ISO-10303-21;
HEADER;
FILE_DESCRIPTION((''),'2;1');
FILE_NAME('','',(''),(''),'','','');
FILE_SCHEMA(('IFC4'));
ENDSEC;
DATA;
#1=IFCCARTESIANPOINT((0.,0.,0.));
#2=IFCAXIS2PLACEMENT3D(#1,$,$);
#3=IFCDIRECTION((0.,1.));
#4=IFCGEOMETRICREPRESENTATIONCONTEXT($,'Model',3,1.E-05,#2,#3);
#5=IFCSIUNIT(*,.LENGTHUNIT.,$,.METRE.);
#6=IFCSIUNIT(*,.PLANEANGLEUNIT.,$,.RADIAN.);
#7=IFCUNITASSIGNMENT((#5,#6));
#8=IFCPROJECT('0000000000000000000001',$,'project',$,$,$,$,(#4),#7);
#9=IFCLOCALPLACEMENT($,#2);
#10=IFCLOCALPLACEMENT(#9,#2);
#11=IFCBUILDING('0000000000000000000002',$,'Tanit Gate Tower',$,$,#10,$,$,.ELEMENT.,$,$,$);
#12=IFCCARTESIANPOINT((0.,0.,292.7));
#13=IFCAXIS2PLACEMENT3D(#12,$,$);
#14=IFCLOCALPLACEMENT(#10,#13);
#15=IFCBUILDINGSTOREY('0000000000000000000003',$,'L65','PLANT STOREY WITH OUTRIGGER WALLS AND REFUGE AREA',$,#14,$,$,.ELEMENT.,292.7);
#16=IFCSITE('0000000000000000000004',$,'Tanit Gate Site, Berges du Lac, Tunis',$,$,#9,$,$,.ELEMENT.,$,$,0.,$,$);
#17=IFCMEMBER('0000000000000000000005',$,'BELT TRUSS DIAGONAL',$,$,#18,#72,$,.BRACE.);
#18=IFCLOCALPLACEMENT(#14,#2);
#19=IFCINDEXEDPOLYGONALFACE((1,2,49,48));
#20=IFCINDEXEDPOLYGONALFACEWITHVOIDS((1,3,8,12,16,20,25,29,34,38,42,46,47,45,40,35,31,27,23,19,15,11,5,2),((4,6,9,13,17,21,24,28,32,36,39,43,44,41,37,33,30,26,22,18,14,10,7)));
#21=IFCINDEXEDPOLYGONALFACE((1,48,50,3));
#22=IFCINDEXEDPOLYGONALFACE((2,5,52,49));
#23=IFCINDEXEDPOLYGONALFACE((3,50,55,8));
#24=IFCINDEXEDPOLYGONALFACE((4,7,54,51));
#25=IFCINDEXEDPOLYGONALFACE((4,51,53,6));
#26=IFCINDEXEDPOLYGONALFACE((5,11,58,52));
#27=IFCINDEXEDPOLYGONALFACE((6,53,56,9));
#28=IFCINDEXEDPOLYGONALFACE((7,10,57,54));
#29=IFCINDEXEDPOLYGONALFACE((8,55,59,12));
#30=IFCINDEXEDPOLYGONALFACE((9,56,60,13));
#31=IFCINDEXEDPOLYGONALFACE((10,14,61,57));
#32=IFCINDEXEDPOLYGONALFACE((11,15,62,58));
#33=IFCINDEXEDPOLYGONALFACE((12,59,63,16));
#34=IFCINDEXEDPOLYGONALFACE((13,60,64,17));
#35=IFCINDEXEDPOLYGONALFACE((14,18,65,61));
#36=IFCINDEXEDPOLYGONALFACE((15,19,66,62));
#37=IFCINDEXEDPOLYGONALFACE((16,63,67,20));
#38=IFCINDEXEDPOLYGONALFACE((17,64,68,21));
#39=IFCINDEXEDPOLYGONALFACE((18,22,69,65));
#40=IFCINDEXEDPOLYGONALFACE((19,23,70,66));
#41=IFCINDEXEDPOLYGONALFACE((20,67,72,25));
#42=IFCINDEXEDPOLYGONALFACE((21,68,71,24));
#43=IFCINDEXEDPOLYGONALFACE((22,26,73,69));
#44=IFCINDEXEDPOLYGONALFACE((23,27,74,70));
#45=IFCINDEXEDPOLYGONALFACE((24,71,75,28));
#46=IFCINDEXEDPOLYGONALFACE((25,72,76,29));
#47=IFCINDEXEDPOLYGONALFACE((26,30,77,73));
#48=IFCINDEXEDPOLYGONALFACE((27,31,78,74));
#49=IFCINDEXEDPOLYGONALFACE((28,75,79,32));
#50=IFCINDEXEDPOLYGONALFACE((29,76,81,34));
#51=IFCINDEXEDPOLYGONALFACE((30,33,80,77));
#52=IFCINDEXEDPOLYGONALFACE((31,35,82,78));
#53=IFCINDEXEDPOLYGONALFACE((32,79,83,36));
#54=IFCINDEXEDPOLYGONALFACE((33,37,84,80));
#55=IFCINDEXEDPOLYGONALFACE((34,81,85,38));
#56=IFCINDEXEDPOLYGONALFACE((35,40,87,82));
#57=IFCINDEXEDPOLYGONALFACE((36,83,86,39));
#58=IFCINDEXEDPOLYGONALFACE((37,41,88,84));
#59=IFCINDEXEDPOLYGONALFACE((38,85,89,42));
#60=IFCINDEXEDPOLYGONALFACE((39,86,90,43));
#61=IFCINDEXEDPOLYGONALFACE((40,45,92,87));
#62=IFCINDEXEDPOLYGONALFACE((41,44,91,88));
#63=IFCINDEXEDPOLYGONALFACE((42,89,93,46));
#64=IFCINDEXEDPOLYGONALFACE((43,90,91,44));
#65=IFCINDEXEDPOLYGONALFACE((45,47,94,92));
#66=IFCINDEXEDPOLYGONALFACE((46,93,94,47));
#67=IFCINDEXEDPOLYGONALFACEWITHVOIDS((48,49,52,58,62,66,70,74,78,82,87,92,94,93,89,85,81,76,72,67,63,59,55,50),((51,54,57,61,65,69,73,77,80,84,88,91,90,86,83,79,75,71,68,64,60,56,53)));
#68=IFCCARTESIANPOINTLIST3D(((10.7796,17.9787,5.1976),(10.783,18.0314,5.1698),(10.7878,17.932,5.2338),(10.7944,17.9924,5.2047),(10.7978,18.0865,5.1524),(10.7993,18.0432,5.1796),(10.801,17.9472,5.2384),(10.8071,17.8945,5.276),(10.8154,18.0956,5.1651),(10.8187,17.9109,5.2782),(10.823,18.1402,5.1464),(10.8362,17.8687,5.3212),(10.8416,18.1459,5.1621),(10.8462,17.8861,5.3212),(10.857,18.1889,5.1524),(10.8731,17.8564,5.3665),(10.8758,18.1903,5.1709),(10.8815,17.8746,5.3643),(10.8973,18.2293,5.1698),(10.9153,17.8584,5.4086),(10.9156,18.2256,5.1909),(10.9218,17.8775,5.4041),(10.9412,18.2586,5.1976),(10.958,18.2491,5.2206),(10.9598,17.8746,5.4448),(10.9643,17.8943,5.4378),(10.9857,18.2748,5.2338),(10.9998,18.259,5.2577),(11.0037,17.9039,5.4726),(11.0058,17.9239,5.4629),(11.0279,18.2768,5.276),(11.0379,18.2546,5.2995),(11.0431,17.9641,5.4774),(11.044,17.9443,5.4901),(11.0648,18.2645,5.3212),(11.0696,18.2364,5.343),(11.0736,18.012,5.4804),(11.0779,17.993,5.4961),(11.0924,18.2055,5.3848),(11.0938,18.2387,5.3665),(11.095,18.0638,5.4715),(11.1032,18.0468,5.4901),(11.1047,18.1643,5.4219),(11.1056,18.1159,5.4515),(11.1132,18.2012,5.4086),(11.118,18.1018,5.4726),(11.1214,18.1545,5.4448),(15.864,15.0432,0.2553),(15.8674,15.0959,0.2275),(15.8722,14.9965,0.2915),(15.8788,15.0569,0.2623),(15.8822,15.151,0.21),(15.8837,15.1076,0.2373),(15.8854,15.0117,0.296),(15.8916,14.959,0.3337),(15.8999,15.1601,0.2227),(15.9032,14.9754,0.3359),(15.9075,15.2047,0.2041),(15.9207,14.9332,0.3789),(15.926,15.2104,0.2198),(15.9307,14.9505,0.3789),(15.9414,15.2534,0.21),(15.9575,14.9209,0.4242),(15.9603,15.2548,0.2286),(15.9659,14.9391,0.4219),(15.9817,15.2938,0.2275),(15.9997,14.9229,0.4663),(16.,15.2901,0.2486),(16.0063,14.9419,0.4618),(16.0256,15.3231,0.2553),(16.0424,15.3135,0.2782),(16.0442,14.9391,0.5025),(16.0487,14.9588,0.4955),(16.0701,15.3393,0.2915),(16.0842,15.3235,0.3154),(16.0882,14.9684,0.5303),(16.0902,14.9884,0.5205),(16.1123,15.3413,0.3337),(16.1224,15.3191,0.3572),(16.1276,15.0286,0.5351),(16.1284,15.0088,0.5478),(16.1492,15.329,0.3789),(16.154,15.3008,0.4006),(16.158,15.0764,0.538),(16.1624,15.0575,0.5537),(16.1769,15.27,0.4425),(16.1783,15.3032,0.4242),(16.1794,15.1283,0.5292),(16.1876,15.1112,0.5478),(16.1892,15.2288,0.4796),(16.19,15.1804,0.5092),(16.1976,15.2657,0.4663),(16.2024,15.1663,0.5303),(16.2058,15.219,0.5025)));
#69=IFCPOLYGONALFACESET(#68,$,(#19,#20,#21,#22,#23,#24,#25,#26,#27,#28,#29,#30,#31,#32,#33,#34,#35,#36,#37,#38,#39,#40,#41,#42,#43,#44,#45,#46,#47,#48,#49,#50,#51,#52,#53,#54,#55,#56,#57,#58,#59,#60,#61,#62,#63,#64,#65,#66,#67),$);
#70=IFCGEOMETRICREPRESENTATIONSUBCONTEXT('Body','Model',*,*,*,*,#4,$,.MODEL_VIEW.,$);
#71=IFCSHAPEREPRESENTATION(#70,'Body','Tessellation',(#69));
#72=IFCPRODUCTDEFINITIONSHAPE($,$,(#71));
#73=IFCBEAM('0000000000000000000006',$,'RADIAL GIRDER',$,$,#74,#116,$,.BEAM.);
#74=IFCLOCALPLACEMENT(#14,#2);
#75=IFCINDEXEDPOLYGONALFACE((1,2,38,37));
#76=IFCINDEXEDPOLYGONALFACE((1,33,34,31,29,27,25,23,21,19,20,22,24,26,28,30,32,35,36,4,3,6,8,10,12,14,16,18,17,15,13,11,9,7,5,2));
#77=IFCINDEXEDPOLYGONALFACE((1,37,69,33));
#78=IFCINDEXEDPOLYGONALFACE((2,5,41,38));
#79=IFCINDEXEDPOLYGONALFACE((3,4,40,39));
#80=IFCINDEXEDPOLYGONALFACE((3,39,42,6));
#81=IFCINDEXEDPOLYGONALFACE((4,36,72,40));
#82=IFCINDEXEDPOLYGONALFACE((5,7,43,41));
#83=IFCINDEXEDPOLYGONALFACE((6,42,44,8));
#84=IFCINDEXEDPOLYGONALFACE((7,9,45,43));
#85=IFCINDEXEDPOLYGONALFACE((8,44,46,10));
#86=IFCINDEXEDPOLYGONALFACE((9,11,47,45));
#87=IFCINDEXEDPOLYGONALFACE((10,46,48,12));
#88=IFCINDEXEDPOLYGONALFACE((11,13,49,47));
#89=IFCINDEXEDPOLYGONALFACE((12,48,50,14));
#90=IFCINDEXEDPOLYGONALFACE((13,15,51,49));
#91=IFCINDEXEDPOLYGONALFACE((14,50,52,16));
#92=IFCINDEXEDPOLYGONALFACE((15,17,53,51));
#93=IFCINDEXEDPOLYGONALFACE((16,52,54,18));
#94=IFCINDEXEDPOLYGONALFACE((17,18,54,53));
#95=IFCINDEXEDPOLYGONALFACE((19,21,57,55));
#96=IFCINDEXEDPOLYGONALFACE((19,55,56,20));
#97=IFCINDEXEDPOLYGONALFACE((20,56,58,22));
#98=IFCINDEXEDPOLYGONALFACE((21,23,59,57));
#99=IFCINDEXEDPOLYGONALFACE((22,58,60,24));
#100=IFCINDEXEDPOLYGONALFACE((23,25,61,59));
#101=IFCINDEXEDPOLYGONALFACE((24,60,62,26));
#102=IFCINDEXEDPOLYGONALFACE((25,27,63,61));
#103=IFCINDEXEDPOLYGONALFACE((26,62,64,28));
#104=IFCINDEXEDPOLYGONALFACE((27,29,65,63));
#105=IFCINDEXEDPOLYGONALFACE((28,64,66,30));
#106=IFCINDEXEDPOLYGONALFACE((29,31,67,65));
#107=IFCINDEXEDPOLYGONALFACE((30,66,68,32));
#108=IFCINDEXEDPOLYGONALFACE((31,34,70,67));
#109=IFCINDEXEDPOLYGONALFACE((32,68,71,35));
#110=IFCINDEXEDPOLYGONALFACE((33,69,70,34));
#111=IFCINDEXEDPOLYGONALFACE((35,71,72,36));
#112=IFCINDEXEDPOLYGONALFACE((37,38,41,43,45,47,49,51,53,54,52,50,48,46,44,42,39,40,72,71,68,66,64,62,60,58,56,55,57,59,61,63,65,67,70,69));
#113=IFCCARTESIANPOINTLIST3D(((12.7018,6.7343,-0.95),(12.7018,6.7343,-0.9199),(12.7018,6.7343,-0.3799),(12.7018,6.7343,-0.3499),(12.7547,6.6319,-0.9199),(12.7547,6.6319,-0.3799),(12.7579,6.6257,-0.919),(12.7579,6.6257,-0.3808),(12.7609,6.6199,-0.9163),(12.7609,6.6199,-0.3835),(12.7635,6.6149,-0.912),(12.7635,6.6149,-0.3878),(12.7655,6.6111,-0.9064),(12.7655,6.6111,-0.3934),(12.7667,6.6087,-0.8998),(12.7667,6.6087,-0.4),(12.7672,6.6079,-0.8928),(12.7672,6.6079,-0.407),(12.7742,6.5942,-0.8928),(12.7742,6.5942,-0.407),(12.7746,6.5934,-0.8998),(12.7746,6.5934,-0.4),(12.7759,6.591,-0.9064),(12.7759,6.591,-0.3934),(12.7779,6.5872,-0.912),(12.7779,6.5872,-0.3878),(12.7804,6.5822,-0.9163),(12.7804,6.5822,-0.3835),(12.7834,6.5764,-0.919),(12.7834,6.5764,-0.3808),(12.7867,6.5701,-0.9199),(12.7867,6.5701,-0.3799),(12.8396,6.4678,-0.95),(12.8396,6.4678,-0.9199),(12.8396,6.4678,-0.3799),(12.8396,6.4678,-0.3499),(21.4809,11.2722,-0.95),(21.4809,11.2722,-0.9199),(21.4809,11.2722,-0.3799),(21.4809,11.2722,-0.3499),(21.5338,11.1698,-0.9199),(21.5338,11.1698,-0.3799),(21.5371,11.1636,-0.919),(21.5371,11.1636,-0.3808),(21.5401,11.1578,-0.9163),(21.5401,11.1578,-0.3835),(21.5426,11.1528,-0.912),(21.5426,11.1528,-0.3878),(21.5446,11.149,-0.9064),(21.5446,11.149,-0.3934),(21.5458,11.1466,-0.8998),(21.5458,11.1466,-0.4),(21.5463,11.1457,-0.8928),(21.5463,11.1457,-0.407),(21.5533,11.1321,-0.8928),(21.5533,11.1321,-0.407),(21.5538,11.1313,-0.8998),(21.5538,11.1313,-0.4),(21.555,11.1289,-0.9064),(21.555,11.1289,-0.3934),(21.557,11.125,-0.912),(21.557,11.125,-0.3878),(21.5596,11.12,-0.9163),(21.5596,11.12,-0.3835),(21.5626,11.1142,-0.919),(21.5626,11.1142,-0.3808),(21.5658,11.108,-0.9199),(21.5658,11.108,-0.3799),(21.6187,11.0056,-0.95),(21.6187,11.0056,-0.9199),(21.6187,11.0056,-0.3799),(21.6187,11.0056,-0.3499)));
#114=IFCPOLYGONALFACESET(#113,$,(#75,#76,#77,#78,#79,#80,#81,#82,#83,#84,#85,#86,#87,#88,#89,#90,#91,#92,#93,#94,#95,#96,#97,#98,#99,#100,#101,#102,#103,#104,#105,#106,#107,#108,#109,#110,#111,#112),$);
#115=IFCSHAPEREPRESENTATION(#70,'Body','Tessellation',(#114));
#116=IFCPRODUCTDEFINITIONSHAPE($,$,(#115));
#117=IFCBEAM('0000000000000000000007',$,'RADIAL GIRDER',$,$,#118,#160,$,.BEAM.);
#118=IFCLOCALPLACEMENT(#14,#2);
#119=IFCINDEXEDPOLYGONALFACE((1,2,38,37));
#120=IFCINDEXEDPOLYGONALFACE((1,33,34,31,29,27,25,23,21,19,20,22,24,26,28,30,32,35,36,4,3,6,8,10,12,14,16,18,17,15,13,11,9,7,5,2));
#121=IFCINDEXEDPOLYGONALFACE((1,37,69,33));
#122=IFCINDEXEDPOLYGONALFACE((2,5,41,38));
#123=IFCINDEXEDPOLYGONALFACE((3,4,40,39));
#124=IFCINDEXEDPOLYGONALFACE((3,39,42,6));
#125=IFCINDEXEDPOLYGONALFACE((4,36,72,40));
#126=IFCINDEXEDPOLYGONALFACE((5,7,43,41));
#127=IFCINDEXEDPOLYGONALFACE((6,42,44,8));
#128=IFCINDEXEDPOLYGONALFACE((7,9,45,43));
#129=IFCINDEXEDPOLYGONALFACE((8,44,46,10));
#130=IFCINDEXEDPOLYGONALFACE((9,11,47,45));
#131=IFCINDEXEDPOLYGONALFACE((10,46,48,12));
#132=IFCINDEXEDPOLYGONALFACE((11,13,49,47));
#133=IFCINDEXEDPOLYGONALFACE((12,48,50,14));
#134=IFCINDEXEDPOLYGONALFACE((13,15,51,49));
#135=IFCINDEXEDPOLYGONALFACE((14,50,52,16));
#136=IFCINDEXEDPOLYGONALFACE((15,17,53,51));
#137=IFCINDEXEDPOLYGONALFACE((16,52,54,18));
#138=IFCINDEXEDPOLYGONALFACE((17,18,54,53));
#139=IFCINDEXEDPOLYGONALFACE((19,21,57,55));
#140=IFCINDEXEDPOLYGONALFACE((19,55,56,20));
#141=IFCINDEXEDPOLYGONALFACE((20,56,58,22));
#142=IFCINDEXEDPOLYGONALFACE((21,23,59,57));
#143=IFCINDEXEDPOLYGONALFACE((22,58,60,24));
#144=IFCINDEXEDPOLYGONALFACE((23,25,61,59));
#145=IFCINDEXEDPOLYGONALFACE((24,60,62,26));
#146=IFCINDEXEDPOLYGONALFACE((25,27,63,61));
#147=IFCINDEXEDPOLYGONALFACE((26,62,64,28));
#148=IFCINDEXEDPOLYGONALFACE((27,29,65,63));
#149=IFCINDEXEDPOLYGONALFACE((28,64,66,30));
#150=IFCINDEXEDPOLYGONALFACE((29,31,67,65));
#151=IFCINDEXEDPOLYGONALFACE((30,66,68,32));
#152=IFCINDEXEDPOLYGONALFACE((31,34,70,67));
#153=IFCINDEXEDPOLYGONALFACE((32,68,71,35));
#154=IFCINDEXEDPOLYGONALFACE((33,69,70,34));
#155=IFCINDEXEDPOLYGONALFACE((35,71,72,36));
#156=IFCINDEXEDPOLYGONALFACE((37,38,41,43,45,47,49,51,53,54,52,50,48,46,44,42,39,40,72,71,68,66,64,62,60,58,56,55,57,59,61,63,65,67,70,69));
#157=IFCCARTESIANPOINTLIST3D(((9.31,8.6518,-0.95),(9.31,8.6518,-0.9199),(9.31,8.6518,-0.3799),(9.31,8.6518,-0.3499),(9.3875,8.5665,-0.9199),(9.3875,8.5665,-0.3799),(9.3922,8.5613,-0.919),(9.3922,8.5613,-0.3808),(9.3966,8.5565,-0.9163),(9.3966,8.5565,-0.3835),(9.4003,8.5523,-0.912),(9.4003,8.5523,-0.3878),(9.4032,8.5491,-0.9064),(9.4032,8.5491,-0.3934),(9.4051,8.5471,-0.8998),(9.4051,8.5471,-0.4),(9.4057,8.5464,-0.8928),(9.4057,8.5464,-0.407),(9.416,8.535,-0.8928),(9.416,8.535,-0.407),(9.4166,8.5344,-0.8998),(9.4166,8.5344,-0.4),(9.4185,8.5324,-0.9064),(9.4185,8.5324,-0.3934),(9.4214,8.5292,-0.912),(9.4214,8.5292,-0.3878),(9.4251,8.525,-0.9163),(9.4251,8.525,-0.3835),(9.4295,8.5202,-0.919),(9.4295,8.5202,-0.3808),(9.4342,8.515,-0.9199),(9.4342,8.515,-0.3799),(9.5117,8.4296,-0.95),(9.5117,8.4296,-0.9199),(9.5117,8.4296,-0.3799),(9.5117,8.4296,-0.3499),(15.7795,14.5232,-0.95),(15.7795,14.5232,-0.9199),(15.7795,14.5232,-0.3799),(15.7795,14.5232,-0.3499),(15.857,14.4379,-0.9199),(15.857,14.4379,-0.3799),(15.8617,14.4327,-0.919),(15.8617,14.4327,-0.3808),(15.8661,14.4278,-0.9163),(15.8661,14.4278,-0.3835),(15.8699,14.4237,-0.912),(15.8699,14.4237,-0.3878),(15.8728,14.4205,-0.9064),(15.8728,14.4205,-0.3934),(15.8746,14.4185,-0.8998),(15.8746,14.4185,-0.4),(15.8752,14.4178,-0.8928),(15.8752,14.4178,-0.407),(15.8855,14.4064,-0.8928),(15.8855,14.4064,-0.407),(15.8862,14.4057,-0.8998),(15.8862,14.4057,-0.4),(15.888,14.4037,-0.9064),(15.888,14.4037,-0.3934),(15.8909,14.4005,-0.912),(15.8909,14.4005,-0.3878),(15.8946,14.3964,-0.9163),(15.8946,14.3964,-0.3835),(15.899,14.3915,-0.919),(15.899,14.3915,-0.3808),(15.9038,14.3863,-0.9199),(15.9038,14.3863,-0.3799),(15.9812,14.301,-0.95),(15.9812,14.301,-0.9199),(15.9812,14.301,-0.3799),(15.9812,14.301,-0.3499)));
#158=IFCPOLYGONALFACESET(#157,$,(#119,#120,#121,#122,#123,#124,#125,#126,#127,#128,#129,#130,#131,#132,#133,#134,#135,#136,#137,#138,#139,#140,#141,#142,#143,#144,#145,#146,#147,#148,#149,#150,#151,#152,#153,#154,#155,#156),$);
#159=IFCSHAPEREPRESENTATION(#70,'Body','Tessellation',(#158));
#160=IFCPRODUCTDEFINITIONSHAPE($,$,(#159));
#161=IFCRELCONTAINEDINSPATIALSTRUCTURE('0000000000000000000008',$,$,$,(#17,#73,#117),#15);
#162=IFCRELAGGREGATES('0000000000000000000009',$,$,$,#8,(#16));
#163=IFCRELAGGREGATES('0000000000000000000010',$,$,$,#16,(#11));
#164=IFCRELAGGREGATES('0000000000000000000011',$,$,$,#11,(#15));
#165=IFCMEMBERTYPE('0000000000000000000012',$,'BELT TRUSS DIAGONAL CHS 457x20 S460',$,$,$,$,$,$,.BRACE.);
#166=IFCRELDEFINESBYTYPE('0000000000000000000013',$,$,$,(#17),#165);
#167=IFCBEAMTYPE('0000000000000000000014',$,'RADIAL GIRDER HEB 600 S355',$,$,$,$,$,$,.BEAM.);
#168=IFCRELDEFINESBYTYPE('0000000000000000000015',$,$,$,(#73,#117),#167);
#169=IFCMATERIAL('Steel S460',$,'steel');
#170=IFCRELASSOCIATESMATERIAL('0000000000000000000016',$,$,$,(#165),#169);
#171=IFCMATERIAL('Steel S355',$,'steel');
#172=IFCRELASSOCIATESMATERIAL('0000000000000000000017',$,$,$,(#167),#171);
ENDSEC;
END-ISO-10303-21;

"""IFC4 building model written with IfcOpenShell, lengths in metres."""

from ifc_helpers import new_model, si_unit, direction, frame, origin, origin_2d, place, context, subcontext, project, spatial, hollow_circle, i_section, extrude, material, material_profile, profile_set, type_object, element, save


model = new_model("IFC4")

# Units and contexts
model_context = context("Model", 3, precision=1e-05, world=origin(), true_north=direction((0.0, 1.0)))
body_context = subcontext(model_context, "Body", "Model", "MODEL_VIEW")
ifc_project = project(units=[si_unit("LENGTHUNIT", "METRE"), si_unit("PLANEANGLEUNIT", "RADIAN")], contexts=[model_context])

# Site, building, storey
site_placement = place(None, origin())
site = spatial("IfcSite", under=ifc_project, at=site_placement, Name="Tanit Gate Site, Berges du Lac, Tunis", CompositionType="ELEMENT", RefElevation=0.0)
building_placement = place(site_placement, origin())
building = spatial("IfcBuilding", under=site, at=building_placement, Name="Tanit Gate Tower", CompositionType="ELEMENT")
storey_placement = place(building_placement, frame((0.0, 0.0, 292.7)))
storey = spatial("IfcBuildingStorey", under=building, at=storey_placement, Name="L65", Description="PLANT STOREY WITH OUTRIGGER WALLS AND REFUGE AREA", CompositionType="ELEMENT", Elevation=292.7)

# Member
ifc_material_1 = material(Name="Steel S460", Category="steel")
ifc_material_profile_1 = material_profile(ifc_material_1, hollow_circle(Radius=0.2285, WallThickness=0.02, at=origin_2d()), Name="CHS 457x20")
ifc_profile_set_1 = profile_set([ifc_material_profile_1], Name="Steel S460")
member_type = type_object("IfcMemberType", Name="BELT TRUSS DIAGONAL CHS 457x20 S460", PredefinedType="BRACE", material=ifc_profile_set_1)
for number, where, z_axis, x_axis, name in (
    (1, (16.0349, 15.1311, 0.3789), (-0.662524, 0.382511, 0.644009), (-0.500003, -0.866024, 0.0), "BELT TRUSS DIAGONAL"),
):
    element("IfcMember", number, at=place(storey_placement, frame(where, z_axis=z_axis, x_axis=x_axis)), inside=storey, type_object=member_type, Name=name, PredefinedType="BRACE", context=body_context, shape_type="SweptSolid", body=[
        extrude(hollow_circle(Radius=0.2285, WallThickness=0.02, at=origin_2d()), origin(), (0.0, 0.0, 1.0), 7.6743),
    ])

# Beams
ifc_material_2 = material(Name="Steel S355", Category="steel")
ifc_material_profile_2 = material_profile(ifc_material_2, i_section(OverallWidth=0.3, OverallDepth=0.6001, WebThickness=0.0154, FlangeThickness=0.03, FilletRadius=0.0271, at=origin_2d()), Name="HEB 600")
ifc_profile_set_2 = profile_set([ifc_material_profile_2], Name="Steel S355")
beam_type_1 = type_object("IfcBeamType", Name="RADIAL GIRDER HEB 600 S355", PredefinedType="BEAM", material=ifc_profile_set_2)
beam_1_placement = place(storey_placement, frame((21.5498, 11.1389, -0.6499), z_axis=(-0.888343, -0.45918, 0.0), x_axis=(0.45918, -0.888343, 0.0)))
element("IfcBeam", 2, at=beam_1_placement, inside=storey, type_object=beam_type_1, Name="RADIAL GIRDER", PredefinedType="BEAM", context=body_context, shape_type="SweptSolid", body=[
    extrude(i_section(OverallWidth=0.3, OverallDepth=0.6001, WebThickness=0.0154, FlangeThickness=0.03, FilletRadius=0.0271, at=origin_2d()), origin(), (0.0, 0.0, 1.0), 9.8826),
])
beam_2_placement = place(storey_placement, frame((15.8804, 14.4121, -0.6499), z_axis=(-0.74051, -0.672045, 0.0), x_axis=(0.672045, -0.74051, 0.0)))
element("IfcBeam", 3, at=beam_2_placement, inside=storey, type_object=beam_type_1, Name="RADIAL GIRDER", PredefinedType="BEAM", context=body_context, shape_type="SweptSolid", body=[
    extrude(i_section(OverallWidth=0.3, OverallDepth=0.6001, WebThickness=0.0154, FlangeThickness=0.03, FilletRadius=0.0271, at=origin_2d()), origin(), (0.0, 0.0, 1.0), 8.7366),
])

save(model, "model.ifc")
